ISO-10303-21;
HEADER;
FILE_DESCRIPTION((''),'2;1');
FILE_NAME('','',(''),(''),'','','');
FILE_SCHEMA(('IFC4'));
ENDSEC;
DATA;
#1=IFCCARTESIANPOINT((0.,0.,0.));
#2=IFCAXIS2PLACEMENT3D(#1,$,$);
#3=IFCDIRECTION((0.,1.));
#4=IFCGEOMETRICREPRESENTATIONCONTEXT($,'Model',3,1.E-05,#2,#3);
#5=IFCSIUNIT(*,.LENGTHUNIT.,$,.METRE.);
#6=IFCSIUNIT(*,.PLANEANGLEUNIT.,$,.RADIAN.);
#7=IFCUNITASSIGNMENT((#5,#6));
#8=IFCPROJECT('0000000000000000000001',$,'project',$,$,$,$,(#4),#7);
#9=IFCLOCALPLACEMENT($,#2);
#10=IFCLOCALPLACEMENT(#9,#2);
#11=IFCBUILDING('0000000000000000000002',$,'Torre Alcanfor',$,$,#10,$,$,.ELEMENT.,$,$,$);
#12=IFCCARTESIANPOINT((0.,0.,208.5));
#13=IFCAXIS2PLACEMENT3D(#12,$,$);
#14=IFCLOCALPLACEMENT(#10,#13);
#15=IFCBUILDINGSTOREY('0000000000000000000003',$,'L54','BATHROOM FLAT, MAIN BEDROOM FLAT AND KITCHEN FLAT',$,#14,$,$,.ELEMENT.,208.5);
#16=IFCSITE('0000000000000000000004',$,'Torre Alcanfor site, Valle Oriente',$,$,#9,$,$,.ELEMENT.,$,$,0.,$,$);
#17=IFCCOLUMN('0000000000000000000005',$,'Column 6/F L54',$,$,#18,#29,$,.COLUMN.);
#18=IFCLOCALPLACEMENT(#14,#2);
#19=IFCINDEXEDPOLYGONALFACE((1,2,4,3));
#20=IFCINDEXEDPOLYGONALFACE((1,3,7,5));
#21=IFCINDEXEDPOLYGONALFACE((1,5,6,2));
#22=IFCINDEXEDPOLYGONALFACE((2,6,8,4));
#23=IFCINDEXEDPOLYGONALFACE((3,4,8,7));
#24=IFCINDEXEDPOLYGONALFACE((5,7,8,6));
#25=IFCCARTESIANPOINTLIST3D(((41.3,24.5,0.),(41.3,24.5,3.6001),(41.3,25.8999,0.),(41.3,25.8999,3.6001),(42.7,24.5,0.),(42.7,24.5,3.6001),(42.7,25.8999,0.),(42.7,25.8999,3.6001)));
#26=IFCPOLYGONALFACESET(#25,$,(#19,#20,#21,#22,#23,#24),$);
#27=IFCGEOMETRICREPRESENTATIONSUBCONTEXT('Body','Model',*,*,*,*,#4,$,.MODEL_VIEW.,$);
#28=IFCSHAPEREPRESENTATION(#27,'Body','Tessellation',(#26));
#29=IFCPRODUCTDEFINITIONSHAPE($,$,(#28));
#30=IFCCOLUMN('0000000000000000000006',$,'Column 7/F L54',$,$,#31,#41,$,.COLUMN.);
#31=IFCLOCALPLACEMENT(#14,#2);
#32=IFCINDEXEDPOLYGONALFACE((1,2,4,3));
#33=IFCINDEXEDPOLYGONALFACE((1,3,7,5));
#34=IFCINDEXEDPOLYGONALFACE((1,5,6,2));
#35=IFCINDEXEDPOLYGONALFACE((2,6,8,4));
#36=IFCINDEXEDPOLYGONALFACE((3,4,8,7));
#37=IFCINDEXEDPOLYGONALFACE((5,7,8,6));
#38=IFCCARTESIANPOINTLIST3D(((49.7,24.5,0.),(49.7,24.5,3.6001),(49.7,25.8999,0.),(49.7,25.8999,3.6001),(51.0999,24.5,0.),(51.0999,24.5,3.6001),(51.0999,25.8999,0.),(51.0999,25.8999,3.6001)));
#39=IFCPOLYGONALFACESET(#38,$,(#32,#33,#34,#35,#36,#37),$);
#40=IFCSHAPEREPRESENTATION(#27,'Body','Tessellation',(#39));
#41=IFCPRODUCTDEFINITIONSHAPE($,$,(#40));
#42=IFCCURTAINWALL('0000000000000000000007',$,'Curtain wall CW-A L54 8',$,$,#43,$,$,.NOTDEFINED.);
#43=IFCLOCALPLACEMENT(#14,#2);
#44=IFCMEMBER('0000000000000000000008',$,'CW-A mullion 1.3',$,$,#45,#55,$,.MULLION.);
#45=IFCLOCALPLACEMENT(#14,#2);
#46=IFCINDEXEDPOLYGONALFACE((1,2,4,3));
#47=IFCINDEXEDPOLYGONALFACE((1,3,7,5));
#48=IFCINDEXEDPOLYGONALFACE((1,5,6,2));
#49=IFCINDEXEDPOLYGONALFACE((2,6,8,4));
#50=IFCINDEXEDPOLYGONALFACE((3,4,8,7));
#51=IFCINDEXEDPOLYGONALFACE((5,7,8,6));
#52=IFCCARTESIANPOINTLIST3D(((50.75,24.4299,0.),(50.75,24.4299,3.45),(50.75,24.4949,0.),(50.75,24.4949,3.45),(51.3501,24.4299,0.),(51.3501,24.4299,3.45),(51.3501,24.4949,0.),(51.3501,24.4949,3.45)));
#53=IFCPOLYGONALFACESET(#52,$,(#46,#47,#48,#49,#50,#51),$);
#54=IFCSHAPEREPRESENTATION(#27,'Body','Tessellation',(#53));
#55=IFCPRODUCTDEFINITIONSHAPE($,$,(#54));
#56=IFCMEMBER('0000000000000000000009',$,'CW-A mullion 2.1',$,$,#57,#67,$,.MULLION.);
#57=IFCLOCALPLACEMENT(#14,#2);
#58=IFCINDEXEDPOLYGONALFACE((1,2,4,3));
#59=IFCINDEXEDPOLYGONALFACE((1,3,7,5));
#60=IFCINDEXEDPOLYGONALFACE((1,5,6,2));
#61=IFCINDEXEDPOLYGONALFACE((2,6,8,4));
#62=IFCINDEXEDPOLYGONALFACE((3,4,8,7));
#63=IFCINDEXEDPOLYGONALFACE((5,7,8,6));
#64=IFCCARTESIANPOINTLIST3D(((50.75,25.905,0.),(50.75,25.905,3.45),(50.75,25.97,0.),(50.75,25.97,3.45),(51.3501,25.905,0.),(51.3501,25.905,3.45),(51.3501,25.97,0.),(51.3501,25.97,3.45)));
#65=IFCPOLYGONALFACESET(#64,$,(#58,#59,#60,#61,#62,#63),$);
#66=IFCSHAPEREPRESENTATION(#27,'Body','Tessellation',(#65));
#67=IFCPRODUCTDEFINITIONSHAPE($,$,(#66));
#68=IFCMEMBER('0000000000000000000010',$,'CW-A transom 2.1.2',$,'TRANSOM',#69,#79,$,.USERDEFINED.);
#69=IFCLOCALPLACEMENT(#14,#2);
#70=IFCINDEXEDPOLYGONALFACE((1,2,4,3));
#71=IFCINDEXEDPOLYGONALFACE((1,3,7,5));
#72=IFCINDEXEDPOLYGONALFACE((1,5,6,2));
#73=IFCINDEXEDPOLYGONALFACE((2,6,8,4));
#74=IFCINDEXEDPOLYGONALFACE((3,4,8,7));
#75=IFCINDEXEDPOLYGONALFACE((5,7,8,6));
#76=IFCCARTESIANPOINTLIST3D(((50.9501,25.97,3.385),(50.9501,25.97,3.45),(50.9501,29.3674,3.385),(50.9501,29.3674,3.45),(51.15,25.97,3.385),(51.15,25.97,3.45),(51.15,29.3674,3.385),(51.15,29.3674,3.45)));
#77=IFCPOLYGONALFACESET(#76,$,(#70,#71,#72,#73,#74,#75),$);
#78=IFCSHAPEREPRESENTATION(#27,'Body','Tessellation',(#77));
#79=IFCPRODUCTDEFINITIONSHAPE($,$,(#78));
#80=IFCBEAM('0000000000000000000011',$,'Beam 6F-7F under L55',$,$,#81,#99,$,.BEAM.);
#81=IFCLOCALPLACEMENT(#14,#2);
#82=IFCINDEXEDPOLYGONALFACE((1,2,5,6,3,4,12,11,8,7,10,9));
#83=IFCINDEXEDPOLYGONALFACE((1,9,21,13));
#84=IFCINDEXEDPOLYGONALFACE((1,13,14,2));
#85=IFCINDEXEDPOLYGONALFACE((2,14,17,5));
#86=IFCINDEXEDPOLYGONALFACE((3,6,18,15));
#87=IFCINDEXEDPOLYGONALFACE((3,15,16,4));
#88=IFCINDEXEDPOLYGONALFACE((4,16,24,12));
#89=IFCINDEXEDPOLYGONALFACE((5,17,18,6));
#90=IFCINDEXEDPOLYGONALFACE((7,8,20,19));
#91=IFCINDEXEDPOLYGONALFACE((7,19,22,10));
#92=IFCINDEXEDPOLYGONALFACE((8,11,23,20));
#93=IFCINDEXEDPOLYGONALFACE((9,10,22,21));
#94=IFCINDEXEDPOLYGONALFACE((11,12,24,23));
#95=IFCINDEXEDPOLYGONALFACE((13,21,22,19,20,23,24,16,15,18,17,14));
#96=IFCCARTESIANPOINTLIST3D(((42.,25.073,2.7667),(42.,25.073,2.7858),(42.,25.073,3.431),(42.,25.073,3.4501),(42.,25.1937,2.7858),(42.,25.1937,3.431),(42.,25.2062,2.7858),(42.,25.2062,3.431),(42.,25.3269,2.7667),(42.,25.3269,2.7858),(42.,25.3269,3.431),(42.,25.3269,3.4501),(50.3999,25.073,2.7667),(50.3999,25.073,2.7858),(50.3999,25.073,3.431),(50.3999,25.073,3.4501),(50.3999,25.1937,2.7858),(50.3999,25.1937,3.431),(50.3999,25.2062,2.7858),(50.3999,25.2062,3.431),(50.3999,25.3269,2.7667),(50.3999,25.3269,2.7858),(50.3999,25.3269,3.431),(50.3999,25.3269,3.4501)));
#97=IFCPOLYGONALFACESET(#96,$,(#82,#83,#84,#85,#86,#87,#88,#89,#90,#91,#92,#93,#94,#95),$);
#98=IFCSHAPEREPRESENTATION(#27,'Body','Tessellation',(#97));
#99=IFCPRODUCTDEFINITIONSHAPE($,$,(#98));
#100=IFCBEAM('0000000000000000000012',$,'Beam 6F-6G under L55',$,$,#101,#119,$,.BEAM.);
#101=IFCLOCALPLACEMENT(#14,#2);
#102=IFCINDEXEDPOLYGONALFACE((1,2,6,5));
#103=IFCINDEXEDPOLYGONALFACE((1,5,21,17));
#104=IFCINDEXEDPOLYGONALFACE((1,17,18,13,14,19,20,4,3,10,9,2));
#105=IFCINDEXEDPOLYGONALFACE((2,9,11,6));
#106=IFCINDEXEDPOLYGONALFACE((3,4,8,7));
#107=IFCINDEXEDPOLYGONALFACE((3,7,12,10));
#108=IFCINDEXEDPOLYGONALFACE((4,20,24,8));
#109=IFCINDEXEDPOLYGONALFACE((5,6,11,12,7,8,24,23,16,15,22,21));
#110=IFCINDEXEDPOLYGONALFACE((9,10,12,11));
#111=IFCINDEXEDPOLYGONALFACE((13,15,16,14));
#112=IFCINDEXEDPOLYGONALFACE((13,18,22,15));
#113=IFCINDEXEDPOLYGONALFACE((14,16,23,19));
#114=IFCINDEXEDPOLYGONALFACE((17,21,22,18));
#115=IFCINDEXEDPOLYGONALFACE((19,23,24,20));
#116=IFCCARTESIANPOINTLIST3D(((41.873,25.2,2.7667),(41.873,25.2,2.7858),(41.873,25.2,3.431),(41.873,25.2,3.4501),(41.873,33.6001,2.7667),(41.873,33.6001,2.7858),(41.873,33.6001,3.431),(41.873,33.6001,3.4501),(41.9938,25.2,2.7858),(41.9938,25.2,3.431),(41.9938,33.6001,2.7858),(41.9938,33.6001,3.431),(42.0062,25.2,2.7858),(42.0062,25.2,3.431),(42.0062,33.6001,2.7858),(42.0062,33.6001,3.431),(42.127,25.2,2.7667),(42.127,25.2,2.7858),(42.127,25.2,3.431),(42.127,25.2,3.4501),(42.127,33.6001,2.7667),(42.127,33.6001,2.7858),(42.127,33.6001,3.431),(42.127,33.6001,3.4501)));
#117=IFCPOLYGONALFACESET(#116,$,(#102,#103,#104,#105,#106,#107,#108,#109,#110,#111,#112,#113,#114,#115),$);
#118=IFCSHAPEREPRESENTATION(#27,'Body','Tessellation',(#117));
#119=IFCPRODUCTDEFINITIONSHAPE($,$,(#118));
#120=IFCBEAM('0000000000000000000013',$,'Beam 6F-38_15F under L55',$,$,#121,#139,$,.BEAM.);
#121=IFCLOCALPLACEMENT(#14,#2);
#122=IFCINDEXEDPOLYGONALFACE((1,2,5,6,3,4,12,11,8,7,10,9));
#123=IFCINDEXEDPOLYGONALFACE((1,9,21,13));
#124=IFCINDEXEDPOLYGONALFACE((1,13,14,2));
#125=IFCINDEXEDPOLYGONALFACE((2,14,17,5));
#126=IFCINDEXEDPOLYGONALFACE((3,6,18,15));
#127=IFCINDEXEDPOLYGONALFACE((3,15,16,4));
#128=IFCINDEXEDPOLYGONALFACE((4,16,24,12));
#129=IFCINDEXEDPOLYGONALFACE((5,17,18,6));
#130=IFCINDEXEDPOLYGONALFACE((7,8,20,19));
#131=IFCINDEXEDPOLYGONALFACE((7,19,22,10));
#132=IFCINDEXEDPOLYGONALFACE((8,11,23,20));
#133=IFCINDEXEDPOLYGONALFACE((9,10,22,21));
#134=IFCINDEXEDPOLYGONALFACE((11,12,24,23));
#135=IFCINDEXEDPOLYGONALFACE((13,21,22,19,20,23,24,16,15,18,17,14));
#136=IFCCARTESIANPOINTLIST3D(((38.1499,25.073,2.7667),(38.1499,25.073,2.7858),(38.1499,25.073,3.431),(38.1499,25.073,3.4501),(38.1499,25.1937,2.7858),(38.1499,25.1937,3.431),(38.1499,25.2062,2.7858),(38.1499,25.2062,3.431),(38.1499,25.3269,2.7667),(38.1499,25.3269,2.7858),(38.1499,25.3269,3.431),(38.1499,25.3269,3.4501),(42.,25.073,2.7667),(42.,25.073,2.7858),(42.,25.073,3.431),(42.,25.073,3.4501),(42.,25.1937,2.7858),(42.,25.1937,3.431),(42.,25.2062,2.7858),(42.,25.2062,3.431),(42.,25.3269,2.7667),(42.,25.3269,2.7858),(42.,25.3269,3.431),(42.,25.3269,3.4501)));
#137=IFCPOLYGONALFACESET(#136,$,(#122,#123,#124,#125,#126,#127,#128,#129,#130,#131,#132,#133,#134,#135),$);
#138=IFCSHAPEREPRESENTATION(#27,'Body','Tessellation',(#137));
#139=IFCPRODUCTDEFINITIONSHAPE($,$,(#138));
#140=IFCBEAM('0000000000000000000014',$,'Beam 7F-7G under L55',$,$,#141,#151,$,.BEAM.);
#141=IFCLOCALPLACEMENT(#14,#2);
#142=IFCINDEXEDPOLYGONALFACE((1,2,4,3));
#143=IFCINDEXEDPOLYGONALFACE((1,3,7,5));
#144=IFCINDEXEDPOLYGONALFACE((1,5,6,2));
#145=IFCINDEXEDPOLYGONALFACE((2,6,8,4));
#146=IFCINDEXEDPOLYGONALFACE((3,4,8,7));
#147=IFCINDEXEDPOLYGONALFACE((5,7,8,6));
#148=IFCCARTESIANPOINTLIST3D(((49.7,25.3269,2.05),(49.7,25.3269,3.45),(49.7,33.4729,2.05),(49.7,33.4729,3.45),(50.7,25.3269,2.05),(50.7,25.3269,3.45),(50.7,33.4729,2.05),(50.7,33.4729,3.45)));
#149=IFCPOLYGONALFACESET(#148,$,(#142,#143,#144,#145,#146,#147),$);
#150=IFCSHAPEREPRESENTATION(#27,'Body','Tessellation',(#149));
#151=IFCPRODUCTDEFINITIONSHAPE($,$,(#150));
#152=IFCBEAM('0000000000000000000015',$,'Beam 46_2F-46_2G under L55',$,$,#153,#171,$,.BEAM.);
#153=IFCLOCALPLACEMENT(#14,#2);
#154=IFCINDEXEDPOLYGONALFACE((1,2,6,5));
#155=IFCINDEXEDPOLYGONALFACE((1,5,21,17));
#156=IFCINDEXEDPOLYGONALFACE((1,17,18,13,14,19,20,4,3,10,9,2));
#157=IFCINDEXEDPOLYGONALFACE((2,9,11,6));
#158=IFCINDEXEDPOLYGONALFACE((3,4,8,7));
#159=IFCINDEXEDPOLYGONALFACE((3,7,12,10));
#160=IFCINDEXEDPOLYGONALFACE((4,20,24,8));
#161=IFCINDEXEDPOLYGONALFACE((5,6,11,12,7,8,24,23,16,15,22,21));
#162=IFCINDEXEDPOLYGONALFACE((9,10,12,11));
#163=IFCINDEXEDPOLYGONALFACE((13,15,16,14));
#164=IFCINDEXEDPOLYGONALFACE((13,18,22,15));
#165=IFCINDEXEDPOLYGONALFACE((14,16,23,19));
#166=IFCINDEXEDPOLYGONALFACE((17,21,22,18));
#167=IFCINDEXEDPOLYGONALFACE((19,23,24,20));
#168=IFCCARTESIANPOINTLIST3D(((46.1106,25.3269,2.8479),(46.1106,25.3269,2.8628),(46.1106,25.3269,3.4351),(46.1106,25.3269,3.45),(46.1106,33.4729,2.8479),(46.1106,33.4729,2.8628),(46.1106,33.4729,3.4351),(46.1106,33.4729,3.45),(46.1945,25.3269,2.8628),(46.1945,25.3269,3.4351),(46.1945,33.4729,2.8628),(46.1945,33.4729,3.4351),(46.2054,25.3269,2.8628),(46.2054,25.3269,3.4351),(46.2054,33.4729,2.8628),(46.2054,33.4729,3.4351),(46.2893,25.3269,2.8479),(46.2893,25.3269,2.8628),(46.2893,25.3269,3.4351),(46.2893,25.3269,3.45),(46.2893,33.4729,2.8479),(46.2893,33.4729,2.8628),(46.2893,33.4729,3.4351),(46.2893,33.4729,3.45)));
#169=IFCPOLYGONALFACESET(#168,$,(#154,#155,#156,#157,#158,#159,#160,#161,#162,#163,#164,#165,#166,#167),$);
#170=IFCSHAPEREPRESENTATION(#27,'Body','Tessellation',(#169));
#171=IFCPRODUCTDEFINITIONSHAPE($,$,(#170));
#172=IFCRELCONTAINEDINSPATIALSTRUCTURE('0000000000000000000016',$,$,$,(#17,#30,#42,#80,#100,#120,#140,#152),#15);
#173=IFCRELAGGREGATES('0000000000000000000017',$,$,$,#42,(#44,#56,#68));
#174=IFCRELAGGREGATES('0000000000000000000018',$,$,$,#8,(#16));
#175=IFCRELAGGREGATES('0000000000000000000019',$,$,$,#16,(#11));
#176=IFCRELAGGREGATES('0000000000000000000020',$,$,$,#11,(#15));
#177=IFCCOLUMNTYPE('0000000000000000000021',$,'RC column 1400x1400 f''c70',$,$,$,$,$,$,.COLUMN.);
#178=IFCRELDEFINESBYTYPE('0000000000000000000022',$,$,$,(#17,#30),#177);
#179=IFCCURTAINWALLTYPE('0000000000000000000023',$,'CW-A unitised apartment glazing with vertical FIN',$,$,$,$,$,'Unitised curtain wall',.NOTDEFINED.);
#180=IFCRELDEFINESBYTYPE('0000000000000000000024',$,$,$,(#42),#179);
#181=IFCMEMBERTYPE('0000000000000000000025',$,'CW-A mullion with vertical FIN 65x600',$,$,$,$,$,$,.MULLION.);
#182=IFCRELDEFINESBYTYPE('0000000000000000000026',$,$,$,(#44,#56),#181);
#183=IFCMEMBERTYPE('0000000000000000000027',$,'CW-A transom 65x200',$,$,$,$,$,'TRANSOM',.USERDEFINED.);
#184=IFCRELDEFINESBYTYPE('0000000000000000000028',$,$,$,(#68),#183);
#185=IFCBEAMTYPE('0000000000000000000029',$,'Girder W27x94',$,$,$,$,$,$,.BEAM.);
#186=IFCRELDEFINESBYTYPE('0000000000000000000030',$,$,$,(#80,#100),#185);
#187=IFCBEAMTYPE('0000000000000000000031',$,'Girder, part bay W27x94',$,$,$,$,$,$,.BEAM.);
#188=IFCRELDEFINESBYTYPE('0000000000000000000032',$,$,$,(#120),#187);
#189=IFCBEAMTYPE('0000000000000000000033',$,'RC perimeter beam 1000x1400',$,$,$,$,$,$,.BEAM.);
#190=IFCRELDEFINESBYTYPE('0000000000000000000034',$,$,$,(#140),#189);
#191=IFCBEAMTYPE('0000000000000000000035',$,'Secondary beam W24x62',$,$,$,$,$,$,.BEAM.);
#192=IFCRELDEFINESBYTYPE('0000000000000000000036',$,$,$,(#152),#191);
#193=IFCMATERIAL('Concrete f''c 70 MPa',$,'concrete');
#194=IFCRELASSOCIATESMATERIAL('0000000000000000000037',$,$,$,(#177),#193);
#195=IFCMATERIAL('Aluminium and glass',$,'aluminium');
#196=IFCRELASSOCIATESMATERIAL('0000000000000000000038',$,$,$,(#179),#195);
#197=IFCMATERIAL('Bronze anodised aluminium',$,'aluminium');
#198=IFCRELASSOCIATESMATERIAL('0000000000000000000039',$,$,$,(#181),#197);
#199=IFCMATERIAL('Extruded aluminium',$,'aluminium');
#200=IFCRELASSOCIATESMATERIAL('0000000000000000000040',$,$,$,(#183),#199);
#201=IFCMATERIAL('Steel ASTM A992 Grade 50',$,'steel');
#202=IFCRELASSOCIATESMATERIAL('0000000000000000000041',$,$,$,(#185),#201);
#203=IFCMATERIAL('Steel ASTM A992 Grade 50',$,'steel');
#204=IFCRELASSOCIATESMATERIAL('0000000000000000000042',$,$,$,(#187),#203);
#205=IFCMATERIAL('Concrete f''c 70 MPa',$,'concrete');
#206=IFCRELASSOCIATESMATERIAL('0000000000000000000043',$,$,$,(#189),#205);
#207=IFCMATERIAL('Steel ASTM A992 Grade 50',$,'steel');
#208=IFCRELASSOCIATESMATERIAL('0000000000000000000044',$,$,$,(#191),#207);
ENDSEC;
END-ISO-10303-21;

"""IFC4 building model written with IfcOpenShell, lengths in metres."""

from ifc_helpers import new_model, si_unit, direction, frame, origin, origin_2d, place, context, subcontext, project, spatial, rectangle, i_section, extrude, material, material_profile, profile_set, type_object, element, aggregate, save


model = new_model("IFC4")

# Units and contexts
model_context = context("Model", 3, precision=1e-05, world=origin(), true_north=direction((0.0, 1.0)))
body_context = subcontext(model_context, "Body", "Model", "MODEL_VIEW")
ifc_project = project(units=[si_unit("LENGTHUNIT", "METRE"), si_unit("PLANEANGLEUNIT", "RADIAN")], contexts=[model_context])

# Site, building, storey
site_placement = place(None, origin())
site = spatial("IfcSite", under=ifc_project, at=site_placement, Name="Torre Alcanfor site, Valle Oriente", CompositionType="ELEMENT", RefElevation=0.0)
building_placement = place(site_placement, origin())
building = spatial("IfcBuilding", under=site, at=building_placement, Name="Torre Alcanfor", CompositionType="ELEMENT")
storey_placement = place(building_placement, frame((0.0, 0.0, 208.5)))
storey = spatial("IfcBuildingStorey", under=building, at=storey_placement, Name="L54", Description="BATHROOM FLAT, MAIN BEDROOM FLAT AND KITCHEN FLAT", CompositionType="ELEMENT", Elevation=208.5)

# Columns
ifc_material_1 = material(Name="Concrete f'c 70 MPa", Category="concrete")
ifc_material_profile_1 = material_profile(ifc_material_1, rectangle(XDim=1.3999, YDim=1.3999, at=origin_2d()), Name="1400x1400")
ifc_profile_set_1 = profile_set([ifc_material_profile_1], Name="Concrete f'c 70 MPa")
column_type = type_object("IfcColumnType", Name="RC column 1400x1400 f'c70", PredefinedType="COLUMN", material=ifc_profile_set_1)
for number, where, z_axis, x_axis, name in (
    (1, (42.0, 25.2, 0.0), (0.0, 0.0, 1.0), (1.0, 0.0, 0.0), "Column 6/F L54"),
    (2, (50.3999, 25.2, 0.0), (0.0, 0.0, 1.0), (1.0, 0.0, 0.0), "Column 7/F L54"),
):
    element("IfcColumn", number, at=place(storey_placement, frame(where, z_axis=z_axis, x_axis=x_axis)), inside=storey, type_object=column_type, Name=name, PredefinedType="COLUMN", context=body_context, shape_type="SweptSolid", body=[
        extrude(rectangle(XDim=1.3999, YDim=1.3999, at=origin_2d()), origin(), (0.0, 0.0, 1.0), 3.6001),
    ])

# Curtain wall, members
ifc_material_2 = material(Name="Aluminium and glass", Category="aluminium")
curtain_wall_type = type_object("IfcCurtainWallType", Name="CW-A unitised apartment glazing with vertical FIN", ElementType="Unitised curtain wall", PredefinedType="NOTDEFINED", material=ifc_material_2)
curtain_wall_placement = place(storey_placement, origin())
curtain_wall = element("IfcCurtainWall", 3, at=curtain_wall_placement, inside=storey, type_object=curtain_wall_type, Name="Curtain wall CW-A L54 8", PredefinedType="NOTDEFINED")
ifc_material_3 = material(Name="Bronze anodised aluminium", Category="aluminium")
ifc_material_profile_2 = material_profile(ifc_material_3, rectangle(XDim=0.6001, YDim=0.0649, at=origin_2d()), Name="CW-A mullion 65x600")
ifc_profile_set_2 = profile_set([ifc_material_profile_2], Name="Bronze anodised aluminium")
member_type_1 = type_object("IfcMemberType", Name="CW-A mullion with vertical FIN 65x600", PredefinedType="MULLION", material=ifc_profile_set_2)
member_1_placement = place(storey_placement, frame((51.05, 24.4624, 0.0), z_axis=(0.0, 0.0, 1.0), x_axis=(-1.0, 0.0, 0.0)))
member_1 = element("IfcMember", 4, at=member_1_placement, type_object=member_type_1, Name="CW-A mullion 1.3", PredefinedType="MULLION", context=body_context, shape_type="SweptSolid", body=[
    extrude(rectangle(XDim=0.6001, YDim=0.0649, at=origin_2d()), origin(), (0.0, 0.0, 1.0), 3.45),
])
member_2_placement = place(storey_placement, frame((51.05, 25.9375, 0.0), z_axis=(0.0, 0.0, 1.0), x_axis=(-1.0, 0.0, 0.0)))
member_2 = element("IfcMember", 5, at=member_2_placement, type_object=member_type_1, Name="CW-A mullion 2.1", PredefinedType="MULLION", context=body_context, shape_type="SweptSolid", body=[
    extrude(rectangle(XDim=0.6001, YDim=0.0649, at=origin_2d()), origin(), (0.0, 0.0, 1.0), 3.45),
])
ifc_material_4 = material(Name="Extruded aluminium", Category="aluminium")
ifc_material_profile_3 = material_profile(ifc_material_4, rectangle(XDim=0.2, YDim=0.0649, at=origin_2d()), Name="CW-A transom 200x65")
ifc_profile_set_3 = profile_set([ifc_material_profile_3], Name="Extruded aluminium")
member_type_2 = type_object("IfcMemberType", Name="CW-A transom 65x200", ElementType="TRANSOM", PredefinedType="USERDEFINED", material=ifc_profile_set_3)
member_3_placement = place(storey_placement, frame((51.05, 25.97, 3.4175), z_axis=(0.0, 1.0, 0.0), x_axis=(-1.0, 0.0, 0.0)))
member_3 = element("IfcMember", 6, at=member_3_placement, type_object=member_type_2, Name="CW-A transom 2.1.2", ObjectType="TRANSOM", PredefinedType="USERDEFINED", context=body_context, shape_type="SweptSolid", body=[
    extrude(rectangle(XDim=0.2, YDim=0.0649, at=origin_2d()), origin(), (0.0, 0.0, 1.0), 3.3975),
])

# Beams
ifc_material_5 = material(Name="Steel ASTM A992 Grade 50", Category="steel")
ifc_material_profile_4 = material_profile(ifc_material_5, i_section(OverallWidth=0.2539, OverallDepth=0.6833, WebThickness=0.0125, FlangeThickness=0.019, at=origin_2d()), Name="W27x94")
ifc_profile_set_4 = profile_set([ifc_material_profile_4], Name="Steel ASTM A992 Grade 50")
beam_type_1 = type_object("IfcBeamType", Name="Girder W27x94", PredefinedType="BEAM", material=ifc_profile_set_4)
beam_1_placement = place(storey_placement, frame((42.0, 25.2, 3.1084), z_axis=(1.0, 0.0, 0.0), x_axis=(0.0, 1.0, 0.0)))
element("IfcBeam", 7, at=beam_1_placement, inside=storey, type_object=beam_type_1, Name="Beam 6F-7F under L55", PredefinedType="BEAM", context=body_context, shape_type="SweptSolid", body=[
    extrude(i_section(OverallWidth=0.2539, OverallDepth=0.6833, WebThickness=0.0125, FlangeThickness=0.019, at=origin_2d()), origin(), (0.0, 0.0, 1.0), 8.3999),
])
beam_2_placement = place(storey_placement, frame((42.0, 25.2, 3.1084), z_axis=(0.0, 1.0, 0.0), x_axis=(-1.0, 0.0, 0.0)))
element("IfcBeam", 8, at=beam_2_placement, inside=storey, type_object=beam_type_1, Name="Beam 6F-6G under L55", PredefinedType="BEAM", context=body_context, shape_type="SweptSolid", body=[
    extrude(i_section(OverallWidth=0.2539, OverallDepth=0.6833, WebThickness=0.0125, FlangeThickness=0.019, at=origin_2d()), origin(), (0.0, 0.0, 1.0), 8.4001),
])
ifc_material_6 = material(Name="Steel ASTM A992 Grade 50", Category="steel")
ifc_material_profile_5 = material_profile(ifc_material_6, i_section(OverallWidth=0.2539, OverallDepth=0.6833, WebThickness=0.0125, FlangeThickness=0.019, at=origin_2d()), Name="W27x94")
ifc_profile_set_5 = profile_set([ifc_material_profile_5], Name="Steel ASTM A992 Grade 50")
beam_type_2 = type_object("IfcBeamType", Name="Girder, part bay W27x94", PredefinedType="BEAM", material=ifc_profile_set_5)
beam_3_placement = place(storey_placement, frame((42.0, 25.2, 3.1084), z_axis=(-1.0, 0.0, 0.0), x_axis=(0.0, -1.0, 0.0)))
element("IfcBeam", 9, at=beam_3_placement, inside=storey, type_object=beam_type_2, Name="Beam 6F-38_15F under L55", PredefinedType="BEAM", context=body_context, shape_type="SweptSolid", body=[
    extrude(i_section(OverallWidth=0.2539, OverallDepth=0.6833, WebThickness=0.0125, FlangeThickness=0.019, at=origin_2d()), origin(), (0.0, 0.0, 1.0), 3.8501),
])
ifc_material_7 = material(Name="Concrete f'c 70 MPa", Category="concrete")
ifc_material_profile_6 = material_profile(ifc_material_7, rectangle(XDim=1.0, YDim=1.3999, at=origin_2d()), Name="1000x1400")
ifc_profile_set_6 = profile_set([ifc_material_profile_6], Name="Concrete f'c 70 MPa")
beam_type_3 = type_object("IfcBeamType", Name="RC perimeter beam 1000x1400", PredefinedType="BEAM", material=ifc_profile_set_6)
beam_4_placement = place(storey_placement, frame((50.2, 25.3269, 2.75), z_axis=(0.0, 1.0, 0.0), x_axis=(-1.0, 0.0, 0.0)))
element("IfcBeam", 10, at=beam_4_placement, inside=storey, type_object=beam_type_3, Name="Beam 7F-7G under L55", PredefinedType="BEAM", context=body_context, shape_type="SweptSolid", body=[
    extrude(rectangle(XDim=1.0, YDim=1.3999, at=origin_2d()), origin(), (0.0, 0.0, 1.0), 8.146),
])
ifc_material_8 = material(Name="Steel ASTM A992 Grade 50", Category="steel")
ifc_material_profile_7 = material_profile(ifc_material_8, i_section(OverallWidth=0.1787, OverallDepth=0.6021, WebThickness=0.011, FlangeThickness=0.0149, at=origin_2d()), Name="W24x62")
ifc_profile_set_7 = profile_set([ifc_material_profile_7], Name="Steel ASTM A992 Grade 50")
beam_type_4 = type_object("IfcBeamType", Name="Secondary beam W24x62", PredefinedType="BEAM", material=ifc_profile_set_7)
beam_5_placement = place(storey_placement, frame((46.2, 25.3269, 3.1489), z_axis=(0.0, 1.0, 0.0), x_axis=(-1.0, 0.0, 0.0)))
element("IfcBeam", 11, at=beam_5_placement, inside=storey, type_object=beam_type_4, Name="Beam 46_2F-46_2G under L55", PredefinedType="BEAM", context=body_context, shape_type="SweptSolid", body=[
    extrude(i_section(OverallWidth=0.1787, OverallDepth=0.6021, WebThickness=0.011, FlangeThickness=0.0149, at=origin_2d()), origin(), (0.0, 0.0, 1.0), 8.146),
])

aggregate(curtain_wall, [member_1, member_2, member_3])

save(model, "model.ifc")
